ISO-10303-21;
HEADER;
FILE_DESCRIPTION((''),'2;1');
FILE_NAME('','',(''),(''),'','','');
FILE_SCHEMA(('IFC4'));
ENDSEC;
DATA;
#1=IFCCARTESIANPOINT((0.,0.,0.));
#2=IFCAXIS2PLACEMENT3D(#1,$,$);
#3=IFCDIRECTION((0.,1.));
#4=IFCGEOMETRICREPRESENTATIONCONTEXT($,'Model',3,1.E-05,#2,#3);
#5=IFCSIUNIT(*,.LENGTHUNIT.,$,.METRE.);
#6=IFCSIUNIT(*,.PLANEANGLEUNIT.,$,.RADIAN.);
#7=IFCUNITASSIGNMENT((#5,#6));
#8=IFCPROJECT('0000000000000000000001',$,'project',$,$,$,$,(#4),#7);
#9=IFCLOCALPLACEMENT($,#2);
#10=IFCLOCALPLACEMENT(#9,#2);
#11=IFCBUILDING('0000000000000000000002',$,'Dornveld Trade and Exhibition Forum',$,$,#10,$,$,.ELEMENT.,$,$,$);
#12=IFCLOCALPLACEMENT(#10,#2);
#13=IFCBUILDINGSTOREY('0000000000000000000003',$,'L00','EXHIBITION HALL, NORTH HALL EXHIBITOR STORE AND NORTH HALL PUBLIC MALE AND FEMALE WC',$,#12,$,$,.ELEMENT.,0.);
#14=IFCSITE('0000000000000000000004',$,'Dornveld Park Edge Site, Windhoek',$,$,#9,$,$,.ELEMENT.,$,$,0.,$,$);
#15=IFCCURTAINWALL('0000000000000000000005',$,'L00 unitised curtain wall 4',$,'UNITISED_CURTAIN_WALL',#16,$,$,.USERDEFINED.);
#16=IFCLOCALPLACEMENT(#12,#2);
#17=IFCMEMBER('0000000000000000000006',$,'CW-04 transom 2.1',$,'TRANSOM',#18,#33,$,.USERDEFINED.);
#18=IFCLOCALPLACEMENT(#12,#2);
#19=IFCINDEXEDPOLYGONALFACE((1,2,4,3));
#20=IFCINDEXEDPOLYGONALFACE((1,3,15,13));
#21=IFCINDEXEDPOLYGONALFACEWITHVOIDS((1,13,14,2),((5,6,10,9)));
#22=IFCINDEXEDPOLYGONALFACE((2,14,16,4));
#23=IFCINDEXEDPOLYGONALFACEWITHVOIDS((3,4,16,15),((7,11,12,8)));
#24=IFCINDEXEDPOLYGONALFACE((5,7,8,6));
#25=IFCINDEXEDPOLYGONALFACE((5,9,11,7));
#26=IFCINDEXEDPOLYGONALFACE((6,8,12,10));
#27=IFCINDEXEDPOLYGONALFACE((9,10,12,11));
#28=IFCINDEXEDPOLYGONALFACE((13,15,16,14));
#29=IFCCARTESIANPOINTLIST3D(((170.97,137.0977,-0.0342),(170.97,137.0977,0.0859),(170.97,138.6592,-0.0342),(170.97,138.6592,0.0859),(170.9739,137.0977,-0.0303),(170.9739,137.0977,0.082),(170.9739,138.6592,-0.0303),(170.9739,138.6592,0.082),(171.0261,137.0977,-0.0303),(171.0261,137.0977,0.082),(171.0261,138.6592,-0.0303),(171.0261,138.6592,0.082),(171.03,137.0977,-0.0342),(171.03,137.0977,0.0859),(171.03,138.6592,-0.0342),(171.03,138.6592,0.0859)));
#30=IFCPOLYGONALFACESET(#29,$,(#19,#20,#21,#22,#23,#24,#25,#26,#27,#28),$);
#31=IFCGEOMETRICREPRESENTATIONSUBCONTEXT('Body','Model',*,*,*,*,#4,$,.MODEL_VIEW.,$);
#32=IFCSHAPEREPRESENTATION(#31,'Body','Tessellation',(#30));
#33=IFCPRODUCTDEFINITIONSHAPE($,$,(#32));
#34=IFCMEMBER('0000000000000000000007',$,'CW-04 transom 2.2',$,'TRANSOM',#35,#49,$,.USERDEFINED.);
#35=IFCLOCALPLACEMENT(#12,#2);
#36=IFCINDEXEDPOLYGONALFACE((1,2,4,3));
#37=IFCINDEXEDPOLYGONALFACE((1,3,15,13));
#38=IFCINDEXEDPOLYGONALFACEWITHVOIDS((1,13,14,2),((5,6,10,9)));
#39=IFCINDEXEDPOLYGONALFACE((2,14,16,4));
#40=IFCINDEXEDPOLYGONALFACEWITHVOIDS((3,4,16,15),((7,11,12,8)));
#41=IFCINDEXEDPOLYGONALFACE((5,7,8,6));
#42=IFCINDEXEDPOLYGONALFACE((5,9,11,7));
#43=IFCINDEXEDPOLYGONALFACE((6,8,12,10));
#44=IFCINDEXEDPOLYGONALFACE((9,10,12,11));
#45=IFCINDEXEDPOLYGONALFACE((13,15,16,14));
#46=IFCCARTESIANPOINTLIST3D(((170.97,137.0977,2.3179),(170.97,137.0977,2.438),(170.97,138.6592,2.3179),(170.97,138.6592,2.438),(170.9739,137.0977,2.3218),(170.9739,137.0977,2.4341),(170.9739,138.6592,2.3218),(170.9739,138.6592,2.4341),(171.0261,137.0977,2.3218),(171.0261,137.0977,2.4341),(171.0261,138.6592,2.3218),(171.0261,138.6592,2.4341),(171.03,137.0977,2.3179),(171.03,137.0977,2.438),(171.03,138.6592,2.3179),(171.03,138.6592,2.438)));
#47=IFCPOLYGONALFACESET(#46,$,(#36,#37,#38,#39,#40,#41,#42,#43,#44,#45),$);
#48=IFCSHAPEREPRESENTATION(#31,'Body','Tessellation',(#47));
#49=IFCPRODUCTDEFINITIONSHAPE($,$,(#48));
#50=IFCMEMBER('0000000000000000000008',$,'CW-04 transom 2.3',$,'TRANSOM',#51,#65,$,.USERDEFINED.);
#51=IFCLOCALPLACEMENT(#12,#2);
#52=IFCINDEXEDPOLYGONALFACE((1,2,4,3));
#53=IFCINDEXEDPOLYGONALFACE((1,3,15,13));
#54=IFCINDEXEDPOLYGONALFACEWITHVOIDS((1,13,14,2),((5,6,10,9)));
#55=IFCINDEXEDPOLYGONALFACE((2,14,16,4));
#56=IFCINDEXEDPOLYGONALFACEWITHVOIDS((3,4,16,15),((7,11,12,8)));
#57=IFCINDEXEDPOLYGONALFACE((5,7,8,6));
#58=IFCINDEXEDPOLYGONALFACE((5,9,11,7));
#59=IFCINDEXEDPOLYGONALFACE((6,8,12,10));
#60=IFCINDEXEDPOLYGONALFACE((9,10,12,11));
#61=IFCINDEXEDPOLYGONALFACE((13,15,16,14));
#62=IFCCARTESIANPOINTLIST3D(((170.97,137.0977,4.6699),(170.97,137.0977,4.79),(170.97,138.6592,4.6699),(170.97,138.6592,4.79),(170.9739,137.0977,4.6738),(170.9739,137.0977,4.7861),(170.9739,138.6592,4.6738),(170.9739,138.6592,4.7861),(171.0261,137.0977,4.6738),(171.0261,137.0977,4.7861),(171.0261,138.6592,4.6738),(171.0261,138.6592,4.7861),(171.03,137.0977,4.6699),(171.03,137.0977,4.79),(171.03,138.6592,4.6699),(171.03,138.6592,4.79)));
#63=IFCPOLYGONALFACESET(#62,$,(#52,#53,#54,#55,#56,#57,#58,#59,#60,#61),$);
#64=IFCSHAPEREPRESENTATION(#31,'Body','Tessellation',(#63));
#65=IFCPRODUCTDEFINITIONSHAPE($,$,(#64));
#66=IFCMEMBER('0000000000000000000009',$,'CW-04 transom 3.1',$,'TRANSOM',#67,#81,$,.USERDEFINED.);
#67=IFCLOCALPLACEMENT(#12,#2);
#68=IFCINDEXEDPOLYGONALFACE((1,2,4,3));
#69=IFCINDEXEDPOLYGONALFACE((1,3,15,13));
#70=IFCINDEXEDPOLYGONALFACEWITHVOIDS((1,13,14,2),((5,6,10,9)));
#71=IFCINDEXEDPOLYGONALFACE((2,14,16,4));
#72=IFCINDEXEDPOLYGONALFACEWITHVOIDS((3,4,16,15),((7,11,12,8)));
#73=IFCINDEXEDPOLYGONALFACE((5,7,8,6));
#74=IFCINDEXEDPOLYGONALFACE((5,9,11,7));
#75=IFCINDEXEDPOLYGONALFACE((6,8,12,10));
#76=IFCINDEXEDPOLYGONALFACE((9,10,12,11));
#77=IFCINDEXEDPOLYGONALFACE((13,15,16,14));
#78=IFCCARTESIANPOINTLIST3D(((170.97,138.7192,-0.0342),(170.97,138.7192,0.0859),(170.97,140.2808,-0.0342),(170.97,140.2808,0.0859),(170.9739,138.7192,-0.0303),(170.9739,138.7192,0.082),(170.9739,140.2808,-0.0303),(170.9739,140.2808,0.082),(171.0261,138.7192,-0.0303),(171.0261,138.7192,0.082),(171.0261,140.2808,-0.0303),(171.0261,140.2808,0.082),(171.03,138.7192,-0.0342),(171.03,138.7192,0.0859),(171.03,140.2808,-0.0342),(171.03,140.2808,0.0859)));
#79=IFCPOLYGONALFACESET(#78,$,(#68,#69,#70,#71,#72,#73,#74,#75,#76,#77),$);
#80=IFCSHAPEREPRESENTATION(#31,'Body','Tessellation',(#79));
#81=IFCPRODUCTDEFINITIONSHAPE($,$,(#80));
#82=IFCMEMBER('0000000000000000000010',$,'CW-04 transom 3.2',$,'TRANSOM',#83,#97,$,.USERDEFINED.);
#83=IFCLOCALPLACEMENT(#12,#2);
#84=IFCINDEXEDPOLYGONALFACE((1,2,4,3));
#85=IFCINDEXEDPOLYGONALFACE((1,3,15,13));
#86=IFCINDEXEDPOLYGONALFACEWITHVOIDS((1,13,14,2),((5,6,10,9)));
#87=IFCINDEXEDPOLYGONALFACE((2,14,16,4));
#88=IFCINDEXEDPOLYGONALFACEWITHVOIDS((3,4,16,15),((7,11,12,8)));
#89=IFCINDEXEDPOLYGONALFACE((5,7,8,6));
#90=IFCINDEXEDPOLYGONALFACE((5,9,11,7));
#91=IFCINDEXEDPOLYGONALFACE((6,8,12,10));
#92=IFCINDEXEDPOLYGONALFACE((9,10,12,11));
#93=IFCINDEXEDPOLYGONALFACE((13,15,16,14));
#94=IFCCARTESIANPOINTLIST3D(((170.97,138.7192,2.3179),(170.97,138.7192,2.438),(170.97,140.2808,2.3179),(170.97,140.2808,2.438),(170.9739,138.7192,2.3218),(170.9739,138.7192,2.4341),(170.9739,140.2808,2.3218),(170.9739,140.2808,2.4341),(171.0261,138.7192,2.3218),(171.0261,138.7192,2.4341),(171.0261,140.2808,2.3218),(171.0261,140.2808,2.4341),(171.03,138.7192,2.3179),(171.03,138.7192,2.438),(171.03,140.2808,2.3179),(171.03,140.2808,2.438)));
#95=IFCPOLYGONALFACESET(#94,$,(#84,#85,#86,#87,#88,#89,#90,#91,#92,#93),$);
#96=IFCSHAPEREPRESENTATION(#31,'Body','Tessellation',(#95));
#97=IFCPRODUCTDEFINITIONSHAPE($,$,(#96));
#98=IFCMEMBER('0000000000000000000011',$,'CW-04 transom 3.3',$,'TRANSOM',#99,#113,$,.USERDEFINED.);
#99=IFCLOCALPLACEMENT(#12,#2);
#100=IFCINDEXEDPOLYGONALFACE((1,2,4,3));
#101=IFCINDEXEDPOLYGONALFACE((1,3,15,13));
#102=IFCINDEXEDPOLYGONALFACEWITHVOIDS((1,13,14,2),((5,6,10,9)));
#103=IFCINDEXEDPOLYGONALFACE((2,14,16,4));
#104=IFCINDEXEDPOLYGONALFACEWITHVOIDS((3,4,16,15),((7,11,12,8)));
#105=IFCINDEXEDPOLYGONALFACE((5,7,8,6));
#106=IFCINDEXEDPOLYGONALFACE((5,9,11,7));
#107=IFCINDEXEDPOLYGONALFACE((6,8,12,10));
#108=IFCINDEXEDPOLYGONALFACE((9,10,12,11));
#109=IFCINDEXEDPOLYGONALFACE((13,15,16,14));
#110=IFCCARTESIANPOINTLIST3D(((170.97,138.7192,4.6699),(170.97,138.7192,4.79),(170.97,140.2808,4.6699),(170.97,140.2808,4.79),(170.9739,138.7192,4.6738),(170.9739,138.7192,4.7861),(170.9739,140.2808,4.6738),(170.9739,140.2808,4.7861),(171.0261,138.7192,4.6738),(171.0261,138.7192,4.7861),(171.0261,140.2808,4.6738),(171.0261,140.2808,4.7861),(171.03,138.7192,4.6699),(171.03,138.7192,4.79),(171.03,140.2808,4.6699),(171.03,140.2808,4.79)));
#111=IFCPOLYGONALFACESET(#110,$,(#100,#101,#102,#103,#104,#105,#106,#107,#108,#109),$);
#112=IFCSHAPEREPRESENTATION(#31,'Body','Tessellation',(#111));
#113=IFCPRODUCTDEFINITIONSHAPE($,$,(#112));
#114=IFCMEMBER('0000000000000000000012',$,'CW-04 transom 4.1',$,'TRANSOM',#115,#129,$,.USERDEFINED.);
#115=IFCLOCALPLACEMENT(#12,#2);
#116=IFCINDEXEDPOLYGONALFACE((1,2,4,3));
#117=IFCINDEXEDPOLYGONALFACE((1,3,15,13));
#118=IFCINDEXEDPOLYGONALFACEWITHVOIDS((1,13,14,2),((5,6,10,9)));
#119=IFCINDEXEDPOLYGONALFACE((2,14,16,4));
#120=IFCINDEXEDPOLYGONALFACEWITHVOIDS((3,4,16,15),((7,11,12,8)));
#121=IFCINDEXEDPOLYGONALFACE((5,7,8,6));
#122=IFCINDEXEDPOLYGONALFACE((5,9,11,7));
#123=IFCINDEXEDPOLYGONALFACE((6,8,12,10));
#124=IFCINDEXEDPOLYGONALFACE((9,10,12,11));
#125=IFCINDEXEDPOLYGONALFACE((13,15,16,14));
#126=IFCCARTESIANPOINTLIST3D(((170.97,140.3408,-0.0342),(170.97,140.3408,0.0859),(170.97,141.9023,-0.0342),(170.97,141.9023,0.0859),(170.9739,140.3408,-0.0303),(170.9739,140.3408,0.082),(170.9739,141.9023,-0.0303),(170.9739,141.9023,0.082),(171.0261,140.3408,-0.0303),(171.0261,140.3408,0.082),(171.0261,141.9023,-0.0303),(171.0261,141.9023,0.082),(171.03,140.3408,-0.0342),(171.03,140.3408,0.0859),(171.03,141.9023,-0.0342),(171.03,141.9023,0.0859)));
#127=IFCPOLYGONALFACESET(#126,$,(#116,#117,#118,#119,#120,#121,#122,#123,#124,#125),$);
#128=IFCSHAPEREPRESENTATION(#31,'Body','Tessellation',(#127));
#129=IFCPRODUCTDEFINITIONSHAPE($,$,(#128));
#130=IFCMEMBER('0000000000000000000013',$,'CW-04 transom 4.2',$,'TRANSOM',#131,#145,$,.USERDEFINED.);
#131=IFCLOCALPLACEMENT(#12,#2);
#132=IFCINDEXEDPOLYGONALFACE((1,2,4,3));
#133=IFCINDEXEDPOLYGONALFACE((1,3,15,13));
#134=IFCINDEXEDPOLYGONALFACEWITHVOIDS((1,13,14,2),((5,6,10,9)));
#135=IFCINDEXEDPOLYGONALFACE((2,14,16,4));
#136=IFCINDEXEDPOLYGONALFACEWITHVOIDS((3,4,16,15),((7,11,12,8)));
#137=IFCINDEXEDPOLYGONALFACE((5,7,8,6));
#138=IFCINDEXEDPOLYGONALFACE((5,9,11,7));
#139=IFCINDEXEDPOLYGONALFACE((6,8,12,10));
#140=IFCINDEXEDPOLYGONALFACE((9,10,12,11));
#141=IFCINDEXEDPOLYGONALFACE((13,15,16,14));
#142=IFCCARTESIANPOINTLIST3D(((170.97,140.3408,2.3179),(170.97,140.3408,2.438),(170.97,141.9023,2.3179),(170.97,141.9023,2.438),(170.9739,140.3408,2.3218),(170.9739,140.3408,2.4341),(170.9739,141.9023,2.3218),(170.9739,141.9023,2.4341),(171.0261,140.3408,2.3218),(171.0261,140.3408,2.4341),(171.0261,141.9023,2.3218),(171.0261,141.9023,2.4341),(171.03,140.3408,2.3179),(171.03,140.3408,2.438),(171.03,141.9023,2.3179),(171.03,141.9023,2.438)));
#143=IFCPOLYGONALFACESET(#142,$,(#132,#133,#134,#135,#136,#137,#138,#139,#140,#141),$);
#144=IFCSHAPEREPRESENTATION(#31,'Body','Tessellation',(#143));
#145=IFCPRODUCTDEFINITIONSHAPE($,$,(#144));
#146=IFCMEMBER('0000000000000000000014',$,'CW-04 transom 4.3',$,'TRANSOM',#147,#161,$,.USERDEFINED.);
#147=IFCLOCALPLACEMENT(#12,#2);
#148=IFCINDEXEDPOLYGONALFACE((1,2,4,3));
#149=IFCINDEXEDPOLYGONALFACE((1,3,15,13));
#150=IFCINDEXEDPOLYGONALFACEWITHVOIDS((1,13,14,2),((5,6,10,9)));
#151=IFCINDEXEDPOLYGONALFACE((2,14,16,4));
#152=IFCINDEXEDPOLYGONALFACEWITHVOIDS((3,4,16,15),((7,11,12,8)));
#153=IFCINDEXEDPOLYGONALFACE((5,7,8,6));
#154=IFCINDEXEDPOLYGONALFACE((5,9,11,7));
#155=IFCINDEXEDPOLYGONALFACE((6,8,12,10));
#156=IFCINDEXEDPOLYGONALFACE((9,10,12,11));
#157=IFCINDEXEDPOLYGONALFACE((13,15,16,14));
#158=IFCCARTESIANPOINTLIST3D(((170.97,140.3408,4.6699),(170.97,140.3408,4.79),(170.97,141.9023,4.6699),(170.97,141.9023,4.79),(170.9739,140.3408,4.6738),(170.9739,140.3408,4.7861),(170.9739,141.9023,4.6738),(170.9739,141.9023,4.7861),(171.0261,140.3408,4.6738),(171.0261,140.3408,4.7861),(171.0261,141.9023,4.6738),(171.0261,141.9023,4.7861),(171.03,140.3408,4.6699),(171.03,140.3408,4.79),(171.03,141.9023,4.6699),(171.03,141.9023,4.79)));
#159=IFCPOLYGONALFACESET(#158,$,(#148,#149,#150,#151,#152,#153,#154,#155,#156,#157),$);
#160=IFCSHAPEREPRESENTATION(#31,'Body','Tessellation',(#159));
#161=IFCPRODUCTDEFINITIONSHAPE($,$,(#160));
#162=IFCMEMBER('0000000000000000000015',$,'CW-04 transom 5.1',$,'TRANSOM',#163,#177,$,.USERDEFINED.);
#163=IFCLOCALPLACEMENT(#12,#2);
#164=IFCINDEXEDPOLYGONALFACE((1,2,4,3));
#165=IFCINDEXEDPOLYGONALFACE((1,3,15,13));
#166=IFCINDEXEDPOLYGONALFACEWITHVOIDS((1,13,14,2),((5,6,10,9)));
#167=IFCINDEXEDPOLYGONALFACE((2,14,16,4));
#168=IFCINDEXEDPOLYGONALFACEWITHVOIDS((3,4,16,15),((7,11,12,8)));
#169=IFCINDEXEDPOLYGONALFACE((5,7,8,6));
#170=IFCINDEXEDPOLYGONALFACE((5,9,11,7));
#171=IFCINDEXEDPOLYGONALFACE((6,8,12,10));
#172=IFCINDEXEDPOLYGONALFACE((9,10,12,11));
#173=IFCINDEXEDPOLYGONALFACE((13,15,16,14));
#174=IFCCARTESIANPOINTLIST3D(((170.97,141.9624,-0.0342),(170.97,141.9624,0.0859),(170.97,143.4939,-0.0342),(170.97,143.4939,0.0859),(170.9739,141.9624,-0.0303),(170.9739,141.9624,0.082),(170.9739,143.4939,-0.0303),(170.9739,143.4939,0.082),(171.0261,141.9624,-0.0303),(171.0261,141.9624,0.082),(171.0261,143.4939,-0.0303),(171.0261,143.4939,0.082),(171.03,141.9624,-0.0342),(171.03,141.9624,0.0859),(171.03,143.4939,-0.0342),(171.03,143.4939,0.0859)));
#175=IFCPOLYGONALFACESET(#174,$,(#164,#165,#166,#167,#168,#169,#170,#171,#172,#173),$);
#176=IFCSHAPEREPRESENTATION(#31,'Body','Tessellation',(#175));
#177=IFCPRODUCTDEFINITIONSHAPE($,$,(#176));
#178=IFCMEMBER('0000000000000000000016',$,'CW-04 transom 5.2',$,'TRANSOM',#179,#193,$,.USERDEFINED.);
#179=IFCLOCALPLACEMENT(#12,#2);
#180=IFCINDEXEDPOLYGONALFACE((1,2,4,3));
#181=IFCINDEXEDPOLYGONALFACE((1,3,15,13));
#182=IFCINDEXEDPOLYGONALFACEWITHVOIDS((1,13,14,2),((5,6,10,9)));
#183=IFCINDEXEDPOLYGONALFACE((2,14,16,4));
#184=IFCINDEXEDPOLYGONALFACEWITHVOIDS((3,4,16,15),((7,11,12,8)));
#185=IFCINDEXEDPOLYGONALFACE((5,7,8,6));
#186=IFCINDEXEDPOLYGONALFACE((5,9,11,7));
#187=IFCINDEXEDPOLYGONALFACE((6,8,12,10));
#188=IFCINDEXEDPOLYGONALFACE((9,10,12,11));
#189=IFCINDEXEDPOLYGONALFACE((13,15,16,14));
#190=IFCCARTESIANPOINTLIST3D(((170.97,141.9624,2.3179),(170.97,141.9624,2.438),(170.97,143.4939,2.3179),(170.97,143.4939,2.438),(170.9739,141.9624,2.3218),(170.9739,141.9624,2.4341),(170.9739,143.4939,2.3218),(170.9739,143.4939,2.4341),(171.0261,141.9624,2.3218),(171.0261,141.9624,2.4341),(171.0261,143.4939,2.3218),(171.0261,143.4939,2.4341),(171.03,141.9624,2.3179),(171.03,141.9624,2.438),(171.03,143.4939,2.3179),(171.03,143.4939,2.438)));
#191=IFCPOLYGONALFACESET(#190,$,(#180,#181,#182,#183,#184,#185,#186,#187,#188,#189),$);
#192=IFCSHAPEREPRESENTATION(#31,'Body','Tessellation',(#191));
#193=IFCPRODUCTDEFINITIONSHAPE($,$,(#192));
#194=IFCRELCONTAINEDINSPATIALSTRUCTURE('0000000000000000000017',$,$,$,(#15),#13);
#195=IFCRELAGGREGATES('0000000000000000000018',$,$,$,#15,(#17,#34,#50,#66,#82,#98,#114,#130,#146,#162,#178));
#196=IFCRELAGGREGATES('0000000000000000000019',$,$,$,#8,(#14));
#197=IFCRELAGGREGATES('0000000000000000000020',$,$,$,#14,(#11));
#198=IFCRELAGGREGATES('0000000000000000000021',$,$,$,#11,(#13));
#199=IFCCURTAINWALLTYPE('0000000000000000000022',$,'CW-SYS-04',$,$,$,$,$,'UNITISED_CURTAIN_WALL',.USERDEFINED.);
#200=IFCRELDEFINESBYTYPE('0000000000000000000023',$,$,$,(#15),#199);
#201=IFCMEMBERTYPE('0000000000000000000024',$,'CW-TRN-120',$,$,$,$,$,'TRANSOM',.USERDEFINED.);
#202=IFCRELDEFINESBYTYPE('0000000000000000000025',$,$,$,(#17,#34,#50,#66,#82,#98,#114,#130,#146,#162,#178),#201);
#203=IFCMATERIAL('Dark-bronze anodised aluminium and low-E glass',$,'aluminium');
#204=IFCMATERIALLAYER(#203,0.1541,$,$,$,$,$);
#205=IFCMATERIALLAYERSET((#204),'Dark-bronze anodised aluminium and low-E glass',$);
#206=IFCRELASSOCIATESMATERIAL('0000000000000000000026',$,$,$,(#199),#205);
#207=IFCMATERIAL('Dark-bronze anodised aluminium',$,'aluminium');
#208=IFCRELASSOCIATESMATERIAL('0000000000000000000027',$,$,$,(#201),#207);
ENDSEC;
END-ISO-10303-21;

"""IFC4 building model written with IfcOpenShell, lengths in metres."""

from ifc_helpers import new_model, si_unit, direction, frame, origin, origin_2d, place, context, subcontext, project, spatial, hollow_rectangle, extrude, material, layer, layer_set, material_profile, profile_set, type_object, element, aggregate, save


model = new_model("IFC4")

# Units and contexts
model_context = context("Model", 3, precision=1e-05, world=origin(), true_north=direction((0.0, 1.0)))
body_context = subcontext(model_context, "Body", "Model", "MODEL_VIEW")
ifc_project = project(units=[si_unit("LENGTHUNIT", "METRE"), si_unit("PLANEANGLEUNIT", "RADIAN")], contexts=[model_context])

# Site, building, storey
site_placement = place(None, origin())
site = spatial("IfcSite", under=ifc_project, at=site_placement, Name="Dornveld Park Edge Site, Windhoek", CompositionType="ELEMENT", RefElevation=0.0)
building_placement = place(site_placement, origin())
building = spatial("IfcBuilding", under=site, at=building_placement, Name="Dornveld Trade and Exhibition Forum", CompositionType="ELEMENT")
storey_placement = place(building_placement, origin())
storey = spatial("IfcBuildingStorey", under=building, at=storey_placement, Name="L00", Description="EXHIBITION HALL, NORTH HALL EXHIBITOR STORE AND NORTH HALL PUBLIC MALE AND FEMALE WC", CompositionType="ELEMENT", Elevation=0.0)

# Curtain wall, members
ifc_material_1 = material(Name="Dark-bronze anodised aluminium and low-E glass", Category="aluminium")
ifc_layer_1 = layer(ifc_material_1, 0.1541)
ifc_layer_set_1 = layer_set([ifc_layer_1], Name="Dark-bronze anodised aluminium and low-E glass")
curtain_wall_type = type_object("IfcCurtainWallType", Name="CW-SYS-04", ElementType="UNITISED_CURTAIN_WALL", PredefinedType="USERDEFINED", material=ifc_layer_set_1)
curtain_wall_placement = place(storey_placement, origin())
curtain_wall = element("IfcCurtainWall", 1, at=curtain_wall_placement, inside=storey, type_object=curtain_wall_type, Name="L00 unitised curtain wall 4", ObjectType="UNITISED_CURTAIN_WALL", PredefinedType="USERDEFINED")
ifc_material_2 = material(Name="Dark-bronze anodised aluminium", Category="aluminium")
ifc_material_profile_1 = material_profile(ifc_material_2, hollow_rectangle(XDim=0.0601, YDim=0.1201, WallThickness=0.0039, at=origin_2d()), Name="RHS 120x60x4")
ifc_profile_set_1 = profile_set([ifc_material_profile_1], Name="Dark-bronze anodised aluminium")
member_type_1 = type_object("IfcMemberType", Name="CW-TRN-120", ElementType="TRANSOM", PredefinedType="USERDEFINED", material=ifc_profile_set_1)
member_1_placement = place(storey_placement, frame((171.0, 137.0977, 0.0259), z_axis=(0.0, 1.0, 0.0), x_axis=(-1.0, 0.0, 0.0)))
member_1 = element("IfcMember", 2, at=member_1_placement, type_object=member_type_1, Name="CW-04 transom 2.1", ObjectType="TRANSOM", PredefinedType="USERDEFINED", context=body_context, shape_type="SweptSolid", body=[
    extrude(hollow_rectangle(XDim=0.0601, YDim=0.1201, WallThickness=0.0039, at=origin_2d()), origin(), (0.0, 0.0, 1.0), 1.5615),
])
member_2_placement = place(storey_placement, frame((171.0, 137.0977, 2.3779), z_axis=(0.0, 1.0, 0.0), x_axis=(-1.0, 0.0, 0.0)))
member_2 = element("IfcMember", 3, at=member_2_placement, type_object=member_type_1, Name="CW-04 transom 2.2", ObjectType="TRANSOM", PredefinedType="USERDEFINED", context=body_context, shape_type="SweptSolid", body=[
    extrude(hollow_rectangle(XDim=0.0601, YDim=0.1201, WallThickness=0.0039, at=origin_2d()), origin(), (0.0, 0.0, 1.0), 1.5615),
])
member_3_placement = place(storey_placement, frame((171.0, 137.0977, 4.73), z_axis=(0.0, 1.0, 0.0), x_axis=(-1.0, 0.0, 0.0)))
member_3 = element("IfcMember", 4, at=member_3_placement, type_object=member_type_1, Name="CW-04 transom 2.3", ObjectType="TRANSOM", PredefinedType="USERDEFINED", context=body_context, shape_type="SweptSolid", body=[
    extrude(hollow_rectangle(XDim=0.0601, YDim=0.1201, WallThickness=0.0039, at=origin_2d()), origin(), (0.0, 0.0, 1.0), 1.5615),
])
member_4_placement = place(storey_placement, frame((171.0, 138.7192, 0.0259), z_axis=(0.0, 1.0, 0.0), x_axis=(-1.0, 0.0, 0.0)))
member_4 = element("IfcMember", 5, at=member_4_placement, type_object=member_type_1, Name="CW-04 transom 3.1", ObjectType="TRANSOM", PredefinedType="USERDEFINED", context=body_context, shape_type="SweptSolid", body=[
    extrude(hollow_rectangle(XDim=0.0601, YDim=0.1201, WallThickness=0.0039, at=origin_2d()), origin(), (0.0, 0.0, 1.0), 1.5615),
])
member_5_placement = place(storey_placement, frame((171.0, 138.7192, 2.3779), z_axis=(0.0, 1.0, 0.0), x_axis=(-1.0, 0.0, 0.0)))
member_5 = element("IfcMember", 6, at=member_5_placement, type_object=member_type_1, Name="CW-04 transom 3.2", ObjectType="TRANSOM", PredefinedType="USERDEFINED", context=body_context, shape_type="SweptSolid", body=[
    extrude(hollow_rectangle(XDim=0.0601, YDim=0.1201, WallThickness=0.0039, at=origin_2d()), origin(), (0.0, 0.0, 1.0), 1.5615),
])
member_6_placement = place(storey_placement, frame((171.0, 138.7192, 4.73), z_axis=(0.0, 1.0, 0.0), x_axis=(-1.0, 0.0, 0.0)))
member_6 = element("IfcMember", 7, at=member_6_placement, type_object=member_type_1, Name="CW-04 transom 3.3", ObjectType="TRANSOM", PredefinedType="USERDEFINED", context=body_context, shape_type="SweptSolid", body=[
    extrude(hollow_rectangle(XDim=0.0601, YDim=0.1201, WallThickness=0.0039, at=origin_2d()), origin(), (0.0, 0.0, 1.0), 1.5615),
])
member_7_placement = place(storey_placement, frame((171.0, 140.3408, 0.0259), z_axis=(0.0, 1.0, 0.0), x_axis=(-1.0, 0.0, 0.0)))
member_7 = element("IfcMember", 8, at=member_7_placement, type_object=member_type_1, Name="CW-04 transom 4.1", ObjectType="TRANSOM", PredefinedType="USERDEFINED", context=body_context, shape_type="SweptSolid", body=[
    extrude(hollow_rectangle(XDim=0.0601, YDim=0.1201, WallThickness=0.0039, at=origin_2d()), origin(), (0.0, 0.0, 1.0), 1.5615),
])
member_8_placement = place(storey_placement, frame((171.0, 140.3408, 2.3779), z_axis=(0.0, 1.0, 0.0), x_axis=(-1.0, 0.0, 0.0)))
member_8 = element("IfcMember", 9, at=member_8_placement, type_object=member_type_1, Name="CW-04 transom 4.2", ObjectType="TRANSOM", PredefinedType="USERDEFINED", context=body_context, shape_type="SweptSolid", body=[
    extrude(hollow_rectangle(XDim=0.0601, YDim=0.1201, WallThickness=0.0039, at=origin_2d()), origin(), (0.0, 0.0, 1.0), 1.5615),
])
member_9_placement = place(storey_placement, frame((171.0, 140.3408, 4.73), z_axis=(0.0, 1.0, 0.0), x_axis=(-1.0, 0.0, 0.0)))
member_9 = element("IfcMember", 10, at=member_9_placement, type_object=member_type_1, Name="CW-04 transom 4.3", ObjectType="TRANSOM", PredefinedType="USERDEFINED", context=body_context, shape_type="SweptSolid", body=[
    extrude(hollow_rectangle(XDim=0.0601, YDim=0.1201, WallThickness=0.0039, at=origin_2d()), origin(), (0.0, 0.0, 1.0), 1.5615),
])
member_10_placement = place(storey_placement, frame((171.0, 141.9624, 0.0259), z_axis=(0.0, 1.0, 0.0), x_axis=(-1.0, 0.0, 0.0)))
member_10 = element("IfcMember", 11, at=member_10_placement, type_object=member_type_1, Name="CW-04 transom 5.1", ObjectType="TRANSOM", PredefinedType="USERDEFINED", context=body_context, shape_type="SweptSolid", body=[
    extrude(hollow_rectangle(XDim=0.0601, YDim=0.1201, WallThickness=0.0039, at=origin_2d()), origin(), (0.0, 0.0, 1.0), 1.5315),
])
member_11_placement = place(storey_placement, frame((171.0, 141.9624, 2.3779), z_axis=(0.0, 1.0, 0.0), x_axis=(-1.0, 0.0, 0.0)))
member_11 = element("IfcMember", 12, at=member_11_placement, type_object=member_type_1, Name="CW-04 transom 5.2", ObjectType="TRANSOM", PredefinedType="USERDEFINED", context=body_context, shape_type="SweptSolid", body=[
    extrude(hollow_rectangle(XDim=0.0601, YDim=0.1201, WallThickness=0.0039, at=origin_2d()), origin(), (0.0, 0.0, 1.0), 1.5315),
])
aggregate(curtain_wall, [member_1, member_2, member_3, member_4, member_5, member_6, member_7, member_8, member_9, member_10, member_11])

save(model, "model.ifc")
